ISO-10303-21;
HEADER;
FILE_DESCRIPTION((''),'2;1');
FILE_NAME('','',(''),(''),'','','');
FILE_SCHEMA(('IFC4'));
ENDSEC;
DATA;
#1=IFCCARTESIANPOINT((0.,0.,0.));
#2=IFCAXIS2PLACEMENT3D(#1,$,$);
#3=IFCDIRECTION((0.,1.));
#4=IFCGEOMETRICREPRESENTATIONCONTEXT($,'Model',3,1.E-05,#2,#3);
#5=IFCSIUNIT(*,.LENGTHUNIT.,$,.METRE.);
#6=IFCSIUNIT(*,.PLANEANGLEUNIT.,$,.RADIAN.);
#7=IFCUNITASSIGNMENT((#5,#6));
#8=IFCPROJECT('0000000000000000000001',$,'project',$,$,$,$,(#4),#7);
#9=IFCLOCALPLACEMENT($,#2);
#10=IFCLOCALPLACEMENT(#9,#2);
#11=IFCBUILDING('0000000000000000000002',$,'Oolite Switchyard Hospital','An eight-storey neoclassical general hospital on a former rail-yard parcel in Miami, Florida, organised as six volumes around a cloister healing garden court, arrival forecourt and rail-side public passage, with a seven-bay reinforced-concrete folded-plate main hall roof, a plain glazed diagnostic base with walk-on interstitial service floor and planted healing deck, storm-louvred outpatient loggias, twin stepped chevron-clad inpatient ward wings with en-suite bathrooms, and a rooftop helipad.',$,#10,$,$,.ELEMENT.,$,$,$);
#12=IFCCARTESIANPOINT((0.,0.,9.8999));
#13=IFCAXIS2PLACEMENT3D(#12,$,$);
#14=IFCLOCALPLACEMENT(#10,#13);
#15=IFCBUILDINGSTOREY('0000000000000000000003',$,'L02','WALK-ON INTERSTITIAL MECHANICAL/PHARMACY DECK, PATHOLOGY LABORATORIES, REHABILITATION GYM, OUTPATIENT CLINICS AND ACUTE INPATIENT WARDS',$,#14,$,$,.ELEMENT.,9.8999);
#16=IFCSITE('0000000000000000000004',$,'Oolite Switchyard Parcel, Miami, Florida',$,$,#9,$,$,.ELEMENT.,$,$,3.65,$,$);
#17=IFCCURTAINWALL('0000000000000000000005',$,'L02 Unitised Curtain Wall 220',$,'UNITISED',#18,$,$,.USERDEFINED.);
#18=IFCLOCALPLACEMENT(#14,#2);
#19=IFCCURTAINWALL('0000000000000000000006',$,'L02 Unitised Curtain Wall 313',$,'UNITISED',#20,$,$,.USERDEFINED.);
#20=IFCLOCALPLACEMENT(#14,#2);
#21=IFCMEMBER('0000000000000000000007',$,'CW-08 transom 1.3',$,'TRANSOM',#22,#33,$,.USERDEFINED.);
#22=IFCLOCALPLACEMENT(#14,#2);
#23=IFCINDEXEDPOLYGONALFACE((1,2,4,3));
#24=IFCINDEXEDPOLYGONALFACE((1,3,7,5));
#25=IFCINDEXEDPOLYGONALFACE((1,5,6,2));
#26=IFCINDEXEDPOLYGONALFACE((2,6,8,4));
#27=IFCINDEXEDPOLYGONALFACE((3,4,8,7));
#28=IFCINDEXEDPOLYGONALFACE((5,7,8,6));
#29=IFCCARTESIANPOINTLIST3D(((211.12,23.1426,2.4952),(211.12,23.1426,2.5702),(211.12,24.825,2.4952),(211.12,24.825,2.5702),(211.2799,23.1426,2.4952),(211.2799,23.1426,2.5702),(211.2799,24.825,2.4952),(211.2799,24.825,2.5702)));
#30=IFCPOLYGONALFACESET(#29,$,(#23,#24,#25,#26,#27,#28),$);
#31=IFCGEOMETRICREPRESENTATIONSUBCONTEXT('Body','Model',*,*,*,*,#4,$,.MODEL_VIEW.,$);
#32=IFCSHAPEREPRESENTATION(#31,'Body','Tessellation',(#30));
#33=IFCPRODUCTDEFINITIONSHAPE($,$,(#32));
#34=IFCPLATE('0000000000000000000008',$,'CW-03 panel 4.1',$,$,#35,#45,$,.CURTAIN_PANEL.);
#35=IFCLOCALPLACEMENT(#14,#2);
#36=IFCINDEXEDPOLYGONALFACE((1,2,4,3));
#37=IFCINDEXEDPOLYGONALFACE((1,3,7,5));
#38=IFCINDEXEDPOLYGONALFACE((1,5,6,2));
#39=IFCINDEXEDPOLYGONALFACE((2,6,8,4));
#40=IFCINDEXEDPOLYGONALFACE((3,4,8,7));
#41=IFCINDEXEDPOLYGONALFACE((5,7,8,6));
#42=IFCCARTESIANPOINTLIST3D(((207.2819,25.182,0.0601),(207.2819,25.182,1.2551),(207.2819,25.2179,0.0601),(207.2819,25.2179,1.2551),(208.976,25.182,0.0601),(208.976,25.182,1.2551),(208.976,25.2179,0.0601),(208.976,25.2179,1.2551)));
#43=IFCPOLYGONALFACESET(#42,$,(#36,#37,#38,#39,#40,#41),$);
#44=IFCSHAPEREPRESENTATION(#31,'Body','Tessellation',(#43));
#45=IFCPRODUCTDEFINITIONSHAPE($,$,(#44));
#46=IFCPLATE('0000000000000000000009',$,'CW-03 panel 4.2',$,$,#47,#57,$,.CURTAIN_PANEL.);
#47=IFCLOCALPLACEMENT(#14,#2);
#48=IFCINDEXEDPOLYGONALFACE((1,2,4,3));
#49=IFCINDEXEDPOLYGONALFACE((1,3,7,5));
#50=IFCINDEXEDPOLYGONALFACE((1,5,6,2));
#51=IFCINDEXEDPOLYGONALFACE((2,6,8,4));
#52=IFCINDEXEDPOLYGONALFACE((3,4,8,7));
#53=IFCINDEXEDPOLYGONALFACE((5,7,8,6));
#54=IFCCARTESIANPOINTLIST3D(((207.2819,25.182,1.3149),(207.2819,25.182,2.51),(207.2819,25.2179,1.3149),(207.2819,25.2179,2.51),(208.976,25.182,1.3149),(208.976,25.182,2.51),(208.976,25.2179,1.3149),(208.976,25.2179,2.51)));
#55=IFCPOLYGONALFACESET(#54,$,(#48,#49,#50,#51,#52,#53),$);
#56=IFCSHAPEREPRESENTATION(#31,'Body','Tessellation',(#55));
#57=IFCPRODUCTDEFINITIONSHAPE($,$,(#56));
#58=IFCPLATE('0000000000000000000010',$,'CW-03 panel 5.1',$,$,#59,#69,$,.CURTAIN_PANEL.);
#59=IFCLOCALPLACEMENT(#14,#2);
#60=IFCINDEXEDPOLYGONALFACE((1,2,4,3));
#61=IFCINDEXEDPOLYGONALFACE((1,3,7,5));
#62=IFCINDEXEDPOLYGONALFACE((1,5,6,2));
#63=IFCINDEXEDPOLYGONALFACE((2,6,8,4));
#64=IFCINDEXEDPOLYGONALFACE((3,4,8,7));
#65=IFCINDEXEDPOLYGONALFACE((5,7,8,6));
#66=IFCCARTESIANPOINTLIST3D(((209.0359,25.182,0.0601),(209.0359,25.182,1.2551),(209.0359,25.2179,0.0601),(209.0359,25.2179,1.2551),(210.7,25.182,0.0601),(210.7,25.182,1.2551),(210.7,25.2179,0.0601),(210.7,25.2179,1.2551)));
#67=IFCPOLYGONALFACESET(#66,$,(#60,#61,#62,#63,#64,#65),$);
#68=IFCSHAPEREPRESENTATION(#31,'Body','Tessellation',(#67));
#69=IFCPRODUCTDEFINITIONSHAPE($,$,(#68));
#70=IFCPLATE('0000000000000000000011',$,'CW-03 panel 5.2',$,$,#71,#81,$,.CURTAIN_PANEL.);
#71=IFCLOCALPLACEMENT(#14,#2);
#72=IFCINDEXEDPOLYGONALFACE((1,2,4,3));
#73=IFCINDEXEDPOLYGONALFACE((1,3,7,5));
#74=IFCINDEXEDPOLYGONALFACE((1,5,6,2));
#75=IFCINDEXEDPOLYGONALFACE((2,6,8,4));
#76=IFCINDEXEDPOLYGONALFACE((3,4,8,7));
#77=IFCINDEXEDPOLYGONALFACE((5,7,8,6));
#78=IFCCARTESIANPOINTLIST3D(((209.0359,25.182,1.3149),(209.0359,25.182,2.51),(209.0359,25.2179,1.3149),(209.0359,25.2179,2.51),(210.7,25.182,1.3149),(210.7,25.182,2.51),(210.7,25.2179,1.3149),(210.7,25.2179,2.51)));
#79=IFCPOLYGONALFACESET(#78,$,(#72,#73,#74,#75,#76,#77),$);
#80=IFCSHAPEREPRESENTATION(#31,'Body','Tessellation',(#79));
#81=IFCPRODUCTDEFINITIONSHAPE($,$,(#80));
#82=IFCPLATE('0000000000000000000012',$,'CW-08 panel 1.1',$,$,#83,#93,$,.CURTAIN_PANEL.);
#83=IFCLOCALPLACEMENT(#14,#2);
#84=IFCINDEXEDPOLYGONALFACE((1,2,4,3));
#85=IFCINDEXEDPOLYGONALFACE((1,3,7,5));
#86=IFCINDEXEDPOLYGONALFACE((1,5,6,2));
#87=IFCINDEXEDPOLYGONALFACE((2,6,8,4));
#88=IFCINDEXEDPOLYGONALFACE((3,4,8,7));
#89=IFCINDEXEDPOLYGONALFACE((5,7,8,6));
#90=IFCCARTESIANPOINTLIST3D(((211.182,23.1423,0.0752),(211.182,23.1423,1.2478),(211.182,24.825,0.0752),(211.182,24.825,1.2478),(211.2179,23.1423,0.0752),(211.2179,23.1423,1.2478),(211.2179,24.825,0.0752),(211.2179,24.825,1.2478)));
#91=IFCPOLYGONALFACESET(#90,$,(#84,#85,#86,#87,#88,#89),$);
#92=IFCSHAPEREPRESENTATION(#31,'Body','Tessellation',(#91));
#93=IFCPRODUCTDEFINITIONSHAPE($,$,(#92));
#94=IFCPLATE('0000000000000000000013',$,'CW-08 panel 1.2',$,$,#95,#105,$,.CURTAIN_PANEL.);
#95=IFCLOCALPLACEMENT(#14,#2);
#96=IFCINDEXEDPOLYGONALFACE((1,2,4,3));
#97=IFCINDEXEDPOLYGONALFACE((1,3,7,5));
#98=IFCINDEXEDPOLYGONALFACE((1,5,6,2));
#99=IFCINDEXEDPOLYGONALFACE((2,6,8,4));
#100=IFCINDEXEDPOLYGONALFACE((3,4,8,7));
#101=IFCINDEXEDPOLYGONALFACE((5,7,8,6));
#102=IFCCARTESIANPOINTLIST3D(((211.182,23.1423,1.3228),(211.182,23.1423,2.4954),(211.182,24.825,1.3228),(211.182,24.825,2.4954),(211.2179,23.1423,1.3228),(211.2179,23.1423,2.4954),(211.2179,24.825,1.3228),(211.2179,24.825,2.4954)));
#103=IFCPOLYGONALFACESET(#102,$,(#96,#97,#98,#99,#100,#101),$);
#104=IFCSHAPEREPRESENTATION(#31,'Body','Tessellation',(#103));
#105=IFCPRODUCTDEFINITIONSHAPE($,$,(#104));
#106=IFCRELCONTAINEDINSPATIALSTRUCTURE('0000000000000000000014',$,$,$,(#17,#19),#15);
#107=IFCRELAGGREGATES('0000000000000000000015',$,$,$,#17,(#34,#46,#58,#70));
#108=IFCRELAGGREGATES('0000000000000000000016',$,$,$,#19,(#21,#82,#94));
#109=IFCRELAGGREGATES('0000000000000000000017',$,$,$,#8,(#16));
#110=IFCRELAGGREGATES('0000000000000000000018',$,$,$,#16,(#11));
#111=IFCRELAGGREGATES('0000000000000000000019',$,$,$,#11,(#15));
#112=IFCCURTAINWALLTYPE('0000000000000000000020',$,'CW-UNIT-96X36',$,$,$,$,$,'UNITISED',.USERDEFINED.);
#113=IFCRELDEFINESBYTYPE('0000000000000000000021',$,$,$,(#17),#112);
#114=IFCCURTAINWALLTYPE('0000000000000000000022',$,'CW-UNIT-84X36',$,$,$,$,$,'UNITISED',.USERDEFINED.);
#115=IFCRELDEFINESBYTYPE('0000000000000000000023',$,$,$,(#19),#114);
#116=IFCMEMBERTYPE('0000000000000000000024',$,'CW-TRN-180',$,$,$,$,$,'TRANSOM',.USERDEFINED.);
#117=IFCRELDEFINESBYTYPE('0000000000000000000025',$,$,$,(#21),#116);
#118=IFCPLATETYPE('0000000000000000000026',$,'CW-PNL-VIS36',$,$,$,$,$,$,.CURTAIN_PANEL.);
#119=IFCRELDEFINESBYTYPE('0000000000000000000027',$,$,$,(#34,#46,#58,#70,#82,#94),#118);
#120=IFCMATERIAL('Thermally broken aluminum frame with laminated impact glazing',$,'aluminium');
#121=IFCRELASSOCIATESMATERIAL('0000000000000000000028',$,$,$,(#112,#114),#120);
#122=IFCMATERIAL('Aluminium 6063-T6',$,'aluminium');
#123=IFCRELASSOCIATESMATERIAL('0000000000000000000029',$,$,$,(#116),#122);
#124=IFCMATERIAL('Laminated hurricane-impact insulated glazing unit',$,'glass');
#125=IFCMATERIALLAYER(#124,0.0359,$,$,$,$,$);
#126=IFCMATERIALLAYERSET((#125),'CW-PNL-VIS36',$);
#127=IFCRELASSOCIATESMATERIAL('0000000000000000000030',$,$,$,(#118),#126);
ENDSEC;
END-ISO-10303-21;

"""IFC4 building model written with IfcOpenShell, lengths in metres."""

from ifc_helpers import new_model, si_unit, direction, frame, origin, origin_2d, place, context, subcontext, project, spatial, rectangle, extrude, material, layer, layer_set, material_profile, profile_set, type_object, element, aggregate, save


model = new_model("IFC4")

# Units and contexts
model_context = context("Model", 3, precision=1e-05, world=origin(), true_north=direction((0.0, 1.0)))
body_context = subcontext(model_context, "Body", "Model", "MODEL_VIEW")
ifc_project = project(units=[si_unit("LENGTHUNIT", "METRE"), si_unit("PLANEANGLEUNIT", "RADIAN")], contexts=[model_context])

# Site, building, storey
site_placement = place(None, origin())
site = spatial("IfcSite", under=ifc_project, at=site_placement, Name="Oolite Switchyard Parcel, Miami, Florida", CompositionType="ELEMENT", RefElevation=3.65)
building_placement = place(site_placement, origin())
building = spatial("IfcBuilding", under=site, at=building_placement, Name="Oolite Switchyard Hospital", Description="An eight-storey neoclassical general hospital on a former rail-yard parcel in Miami, Florida, organised as six volumes around a cloister healing garden court, arrival forecourt and rail-side public passage, with a seven-bay reinforced-concrete folded-plate main hall roof, a plain glazed diagnostic base with walk-on interstitial service floor and planted healing deck, storm-louvred outpatient loggias, twin stepped chevron-clad inpatient ward wings with en-suite bathrooms, and a rooftop helipad.", CompositionType="ELEMENT")
storey_placement = place(building_placement, frame((0.0, 0.0, 9.8999)))
storey = spatial("IfcBuildingStorey", under=building, at=storey_placement, Name="L02", Description="WALK-ON INTERSTITIAL MECHANICAL/PHARMACY DECK, PATHOLOGY LABORATORIES, REHABILITATION GYM, OUTPATIENT CLINICS AND ACUTE INPATIENT WARDS", CompositionType="ELEMENT", Elevation=9.8999)

# Curtain walls
ifc_material_1 = material(Name="Thermally broken aluminum frame with laminated impact glazing", Category="aluminium")
curtain_wall_type_1 = type_object("IfcCurtainWallType", Name="CW-UNIT-96X36", ElementType="UNITISED", PredefinedType="USERDEFINED", material=ifc_material_1)
curtain_wall_1_placement = place(storey_placement, origin())
curtain_wall_1 = element("IfcCurtainWall", 1, at=curtain_wall_1_placement, inside=storey, type_object=curtain_wall_type_1, Name="L02 Unitised Curtain Wall 220", ObjectType="UNITISED", PredefinedType="USERDEFINED")
ifc_material_2 = material(Name="Aluminium 6063-T6", Category="aluminium")
curtain_wall_type_2 = type_object("IfcCurtainWallType", Name="CW-UNIT-84X36", ElementType="UNITISED", PredefinedType="USERDEFINED", material=ifc_material_1)
curtain_wall_2_placement = place(storey_placement, origin())
curtain_wall_2 = element("IfcCurtainWall", 2, at=curtain_wall_2_placement, inside=storey, type_object=curtain_wall_type_2, Name="L02 Unitised Curtain Wall 313", ObjectType="UNITISED", PredefinedType="USERDEFINED")

# Member
ifc_material_profile_1 = material_profile(ifc_material_2, rectangle(XDim=0.1599, YDim=0.075, at=origin_2d()), Name="CWT75X160")
ifc_profile_set_1 = profile_set([ifc_material_profile_1], Name="Aluminium 6063-T6")
member_type_1 = type_object("IfcMemberType", Name="CW-TRN-180", ElementType="TRANSOM", PredefinedType="USERDEFINED", material=ifc_profile_set_1)
member_1_placement = place(storey_placement, frame((211.2, 24.825, 2.5327), z_axis=(0.0, -1.0, 0.0), x_axis=(1.0, 0.0, 0.0)))
member_1 = element("IfcMember", 3, at=member_1_placement, type_object=member_type_1, Name="CW-08 transom 1.3", ObjectType="TRANSOM", PredefinedType="USERDEFINED", context=body_context, shape_type="SweptSolid", body=[
    extrude(rectangle(XDim=0.1599, YDim=0.075, at=origin_2d()), origin(), (0.0, 0.0, 1.0), 1.6824),
])

# Plates
ifc_material_3 = material(Name="Laminated hurricane-impact insulated glazing unit", Category="glass")
ifc_layer = layer(ifc_material_3, 0.0359)
ifc_layer_set = layer_set([ifc_layer], Name="CW-PNL-VIS36")
plate_type = type_object("IfcPlateType", Name="CW-PNL-VIS36", PredefinedType="CURTAIN_PANEL", material=ifc_layer_set)
plate_1_placement = place(storey_placement, frame((208.1289, 25.2, 0.0601), z_axis=(0.0, 0.0, 1.0), x_axis=(1.0, 0.0, 0.0)))
plate_1 = element("IfcPlate", 4, at=plate_1_placement, type_object=plate_type, Name="CW-03 panel 4.1", PredefinedType="CURTAIN_PANEL", context=body_context, shape_type="SweptSolid", body=[
    extrude(rectangle(XDim=1.6941, YDim=0.0359, at=origin_2d()), origin(), (0.0, 0.0, 1.0), 1.1951),
])
plate_2_placement = place(storey_placement, frame((208.1289, 25.2, 1.3149), z_axis=(0.0, 0.0, 1.0), x_axis=(1.0, 0.0, 0.0)))
plate_2 = element("IfcPlate", 5, at=plate_2_placement, type_object=plate_type, Name="CW-03 panel 4.2", PredefinedType="CURTAIN_PANEL", context=body_context, shape_type="SweptSolid", body=[
    extrude(rectangle(XDim=1.6941, YDim=0.0359, at=origin_2d()), origin(), (0.0, 0.0, 1.0), 1.1951),
])
plate_3_placement = place(storey_placement, frame((209.8679, 25.2, 0.0601), z_axis=(0.0, 0.0, 1.0), x_axis=(1.0, 0.0, 0.0)))
plate_3 = element("IfcPlate", 6, at=plate_3_placement, type_object=plate_type, Name="CW-03 panel 5.1", PredefinedType="CURTAIN_PANEL", context=body_context, shape_type="SweptSolid", body=[
    extrude(rectangle(XDim=1.6641, YDim=0.0359, at=origin_2d()), origin(), (0.0, 0.0, 1.0), 1.1951),
])
plate_4_placement = place(storey_placement, frame((209.8679, 25.2, 1.3149), z_axis=(0.0, 0.0, 1.0), x_axis=(1.0, 0.0, 0.0)))
plate_4 = element("IfcPlate", 7, at=plate_4_placement, type_object=plate_type, Name="CW-03 panel 5.2", PredefinedType="CURTAIN_PANEL", context=body_context, shape_type="SweptSolid", body=[
    extrude(rectangle(XDim=1.6641, YDim=0.0359, at=origin_2d()), origin(), (0.0, 0.0, 1.0), 1.1951),
])
aggregate(curtain_wall_1, [plate_1, plate_2, plate_3, plate_4])
plate_5_placement = place(storey_placement, frame((211.2, 23.9836, 0.0752), z_axis=(0.0, 0.0, 1.0), x_axis=(0.0, -1.0, 0.0)))
plate_5 = element("IfcPlate", 8, at=plate_5_placement, type_object=plate_type, Name="CW-08 panel 1.1", PredefinedType="CURTAIN_PANEL", context=body_context, shape_type="SweptSolid", body=[
    extrude(rectangle(XDim=1.6826, YDim=0.0359, at=origin_2d()), origin(), (0.0, 0.0, 1.0), 1.1726),
])
plate_6_placement = place(storey_placement, frame((211.2, 23.9836, 1.3228), z_axis=(0.0, 0.0, 1.0), x_axis=(0.0, -1.0, 0.0)))
plate_6 = element("IfcPlate", 9, at=plate_6_placement, type_object=plate_type, Name="CW-08 panel 1.2", PredefinedType="CURTAIN_PANEL", context=body_context, shape_type="SweptSolid", body=[
    extrude(rectangle(XDim=1.6826, YDim=0.0359, at=origin_2d()), origin(), (0.0, 0.0, 1.0), 1.1726),
])
aggregate(curtain_wall_2, [member_1, plate_5, plate_6])

save(model, "model.ifc")
